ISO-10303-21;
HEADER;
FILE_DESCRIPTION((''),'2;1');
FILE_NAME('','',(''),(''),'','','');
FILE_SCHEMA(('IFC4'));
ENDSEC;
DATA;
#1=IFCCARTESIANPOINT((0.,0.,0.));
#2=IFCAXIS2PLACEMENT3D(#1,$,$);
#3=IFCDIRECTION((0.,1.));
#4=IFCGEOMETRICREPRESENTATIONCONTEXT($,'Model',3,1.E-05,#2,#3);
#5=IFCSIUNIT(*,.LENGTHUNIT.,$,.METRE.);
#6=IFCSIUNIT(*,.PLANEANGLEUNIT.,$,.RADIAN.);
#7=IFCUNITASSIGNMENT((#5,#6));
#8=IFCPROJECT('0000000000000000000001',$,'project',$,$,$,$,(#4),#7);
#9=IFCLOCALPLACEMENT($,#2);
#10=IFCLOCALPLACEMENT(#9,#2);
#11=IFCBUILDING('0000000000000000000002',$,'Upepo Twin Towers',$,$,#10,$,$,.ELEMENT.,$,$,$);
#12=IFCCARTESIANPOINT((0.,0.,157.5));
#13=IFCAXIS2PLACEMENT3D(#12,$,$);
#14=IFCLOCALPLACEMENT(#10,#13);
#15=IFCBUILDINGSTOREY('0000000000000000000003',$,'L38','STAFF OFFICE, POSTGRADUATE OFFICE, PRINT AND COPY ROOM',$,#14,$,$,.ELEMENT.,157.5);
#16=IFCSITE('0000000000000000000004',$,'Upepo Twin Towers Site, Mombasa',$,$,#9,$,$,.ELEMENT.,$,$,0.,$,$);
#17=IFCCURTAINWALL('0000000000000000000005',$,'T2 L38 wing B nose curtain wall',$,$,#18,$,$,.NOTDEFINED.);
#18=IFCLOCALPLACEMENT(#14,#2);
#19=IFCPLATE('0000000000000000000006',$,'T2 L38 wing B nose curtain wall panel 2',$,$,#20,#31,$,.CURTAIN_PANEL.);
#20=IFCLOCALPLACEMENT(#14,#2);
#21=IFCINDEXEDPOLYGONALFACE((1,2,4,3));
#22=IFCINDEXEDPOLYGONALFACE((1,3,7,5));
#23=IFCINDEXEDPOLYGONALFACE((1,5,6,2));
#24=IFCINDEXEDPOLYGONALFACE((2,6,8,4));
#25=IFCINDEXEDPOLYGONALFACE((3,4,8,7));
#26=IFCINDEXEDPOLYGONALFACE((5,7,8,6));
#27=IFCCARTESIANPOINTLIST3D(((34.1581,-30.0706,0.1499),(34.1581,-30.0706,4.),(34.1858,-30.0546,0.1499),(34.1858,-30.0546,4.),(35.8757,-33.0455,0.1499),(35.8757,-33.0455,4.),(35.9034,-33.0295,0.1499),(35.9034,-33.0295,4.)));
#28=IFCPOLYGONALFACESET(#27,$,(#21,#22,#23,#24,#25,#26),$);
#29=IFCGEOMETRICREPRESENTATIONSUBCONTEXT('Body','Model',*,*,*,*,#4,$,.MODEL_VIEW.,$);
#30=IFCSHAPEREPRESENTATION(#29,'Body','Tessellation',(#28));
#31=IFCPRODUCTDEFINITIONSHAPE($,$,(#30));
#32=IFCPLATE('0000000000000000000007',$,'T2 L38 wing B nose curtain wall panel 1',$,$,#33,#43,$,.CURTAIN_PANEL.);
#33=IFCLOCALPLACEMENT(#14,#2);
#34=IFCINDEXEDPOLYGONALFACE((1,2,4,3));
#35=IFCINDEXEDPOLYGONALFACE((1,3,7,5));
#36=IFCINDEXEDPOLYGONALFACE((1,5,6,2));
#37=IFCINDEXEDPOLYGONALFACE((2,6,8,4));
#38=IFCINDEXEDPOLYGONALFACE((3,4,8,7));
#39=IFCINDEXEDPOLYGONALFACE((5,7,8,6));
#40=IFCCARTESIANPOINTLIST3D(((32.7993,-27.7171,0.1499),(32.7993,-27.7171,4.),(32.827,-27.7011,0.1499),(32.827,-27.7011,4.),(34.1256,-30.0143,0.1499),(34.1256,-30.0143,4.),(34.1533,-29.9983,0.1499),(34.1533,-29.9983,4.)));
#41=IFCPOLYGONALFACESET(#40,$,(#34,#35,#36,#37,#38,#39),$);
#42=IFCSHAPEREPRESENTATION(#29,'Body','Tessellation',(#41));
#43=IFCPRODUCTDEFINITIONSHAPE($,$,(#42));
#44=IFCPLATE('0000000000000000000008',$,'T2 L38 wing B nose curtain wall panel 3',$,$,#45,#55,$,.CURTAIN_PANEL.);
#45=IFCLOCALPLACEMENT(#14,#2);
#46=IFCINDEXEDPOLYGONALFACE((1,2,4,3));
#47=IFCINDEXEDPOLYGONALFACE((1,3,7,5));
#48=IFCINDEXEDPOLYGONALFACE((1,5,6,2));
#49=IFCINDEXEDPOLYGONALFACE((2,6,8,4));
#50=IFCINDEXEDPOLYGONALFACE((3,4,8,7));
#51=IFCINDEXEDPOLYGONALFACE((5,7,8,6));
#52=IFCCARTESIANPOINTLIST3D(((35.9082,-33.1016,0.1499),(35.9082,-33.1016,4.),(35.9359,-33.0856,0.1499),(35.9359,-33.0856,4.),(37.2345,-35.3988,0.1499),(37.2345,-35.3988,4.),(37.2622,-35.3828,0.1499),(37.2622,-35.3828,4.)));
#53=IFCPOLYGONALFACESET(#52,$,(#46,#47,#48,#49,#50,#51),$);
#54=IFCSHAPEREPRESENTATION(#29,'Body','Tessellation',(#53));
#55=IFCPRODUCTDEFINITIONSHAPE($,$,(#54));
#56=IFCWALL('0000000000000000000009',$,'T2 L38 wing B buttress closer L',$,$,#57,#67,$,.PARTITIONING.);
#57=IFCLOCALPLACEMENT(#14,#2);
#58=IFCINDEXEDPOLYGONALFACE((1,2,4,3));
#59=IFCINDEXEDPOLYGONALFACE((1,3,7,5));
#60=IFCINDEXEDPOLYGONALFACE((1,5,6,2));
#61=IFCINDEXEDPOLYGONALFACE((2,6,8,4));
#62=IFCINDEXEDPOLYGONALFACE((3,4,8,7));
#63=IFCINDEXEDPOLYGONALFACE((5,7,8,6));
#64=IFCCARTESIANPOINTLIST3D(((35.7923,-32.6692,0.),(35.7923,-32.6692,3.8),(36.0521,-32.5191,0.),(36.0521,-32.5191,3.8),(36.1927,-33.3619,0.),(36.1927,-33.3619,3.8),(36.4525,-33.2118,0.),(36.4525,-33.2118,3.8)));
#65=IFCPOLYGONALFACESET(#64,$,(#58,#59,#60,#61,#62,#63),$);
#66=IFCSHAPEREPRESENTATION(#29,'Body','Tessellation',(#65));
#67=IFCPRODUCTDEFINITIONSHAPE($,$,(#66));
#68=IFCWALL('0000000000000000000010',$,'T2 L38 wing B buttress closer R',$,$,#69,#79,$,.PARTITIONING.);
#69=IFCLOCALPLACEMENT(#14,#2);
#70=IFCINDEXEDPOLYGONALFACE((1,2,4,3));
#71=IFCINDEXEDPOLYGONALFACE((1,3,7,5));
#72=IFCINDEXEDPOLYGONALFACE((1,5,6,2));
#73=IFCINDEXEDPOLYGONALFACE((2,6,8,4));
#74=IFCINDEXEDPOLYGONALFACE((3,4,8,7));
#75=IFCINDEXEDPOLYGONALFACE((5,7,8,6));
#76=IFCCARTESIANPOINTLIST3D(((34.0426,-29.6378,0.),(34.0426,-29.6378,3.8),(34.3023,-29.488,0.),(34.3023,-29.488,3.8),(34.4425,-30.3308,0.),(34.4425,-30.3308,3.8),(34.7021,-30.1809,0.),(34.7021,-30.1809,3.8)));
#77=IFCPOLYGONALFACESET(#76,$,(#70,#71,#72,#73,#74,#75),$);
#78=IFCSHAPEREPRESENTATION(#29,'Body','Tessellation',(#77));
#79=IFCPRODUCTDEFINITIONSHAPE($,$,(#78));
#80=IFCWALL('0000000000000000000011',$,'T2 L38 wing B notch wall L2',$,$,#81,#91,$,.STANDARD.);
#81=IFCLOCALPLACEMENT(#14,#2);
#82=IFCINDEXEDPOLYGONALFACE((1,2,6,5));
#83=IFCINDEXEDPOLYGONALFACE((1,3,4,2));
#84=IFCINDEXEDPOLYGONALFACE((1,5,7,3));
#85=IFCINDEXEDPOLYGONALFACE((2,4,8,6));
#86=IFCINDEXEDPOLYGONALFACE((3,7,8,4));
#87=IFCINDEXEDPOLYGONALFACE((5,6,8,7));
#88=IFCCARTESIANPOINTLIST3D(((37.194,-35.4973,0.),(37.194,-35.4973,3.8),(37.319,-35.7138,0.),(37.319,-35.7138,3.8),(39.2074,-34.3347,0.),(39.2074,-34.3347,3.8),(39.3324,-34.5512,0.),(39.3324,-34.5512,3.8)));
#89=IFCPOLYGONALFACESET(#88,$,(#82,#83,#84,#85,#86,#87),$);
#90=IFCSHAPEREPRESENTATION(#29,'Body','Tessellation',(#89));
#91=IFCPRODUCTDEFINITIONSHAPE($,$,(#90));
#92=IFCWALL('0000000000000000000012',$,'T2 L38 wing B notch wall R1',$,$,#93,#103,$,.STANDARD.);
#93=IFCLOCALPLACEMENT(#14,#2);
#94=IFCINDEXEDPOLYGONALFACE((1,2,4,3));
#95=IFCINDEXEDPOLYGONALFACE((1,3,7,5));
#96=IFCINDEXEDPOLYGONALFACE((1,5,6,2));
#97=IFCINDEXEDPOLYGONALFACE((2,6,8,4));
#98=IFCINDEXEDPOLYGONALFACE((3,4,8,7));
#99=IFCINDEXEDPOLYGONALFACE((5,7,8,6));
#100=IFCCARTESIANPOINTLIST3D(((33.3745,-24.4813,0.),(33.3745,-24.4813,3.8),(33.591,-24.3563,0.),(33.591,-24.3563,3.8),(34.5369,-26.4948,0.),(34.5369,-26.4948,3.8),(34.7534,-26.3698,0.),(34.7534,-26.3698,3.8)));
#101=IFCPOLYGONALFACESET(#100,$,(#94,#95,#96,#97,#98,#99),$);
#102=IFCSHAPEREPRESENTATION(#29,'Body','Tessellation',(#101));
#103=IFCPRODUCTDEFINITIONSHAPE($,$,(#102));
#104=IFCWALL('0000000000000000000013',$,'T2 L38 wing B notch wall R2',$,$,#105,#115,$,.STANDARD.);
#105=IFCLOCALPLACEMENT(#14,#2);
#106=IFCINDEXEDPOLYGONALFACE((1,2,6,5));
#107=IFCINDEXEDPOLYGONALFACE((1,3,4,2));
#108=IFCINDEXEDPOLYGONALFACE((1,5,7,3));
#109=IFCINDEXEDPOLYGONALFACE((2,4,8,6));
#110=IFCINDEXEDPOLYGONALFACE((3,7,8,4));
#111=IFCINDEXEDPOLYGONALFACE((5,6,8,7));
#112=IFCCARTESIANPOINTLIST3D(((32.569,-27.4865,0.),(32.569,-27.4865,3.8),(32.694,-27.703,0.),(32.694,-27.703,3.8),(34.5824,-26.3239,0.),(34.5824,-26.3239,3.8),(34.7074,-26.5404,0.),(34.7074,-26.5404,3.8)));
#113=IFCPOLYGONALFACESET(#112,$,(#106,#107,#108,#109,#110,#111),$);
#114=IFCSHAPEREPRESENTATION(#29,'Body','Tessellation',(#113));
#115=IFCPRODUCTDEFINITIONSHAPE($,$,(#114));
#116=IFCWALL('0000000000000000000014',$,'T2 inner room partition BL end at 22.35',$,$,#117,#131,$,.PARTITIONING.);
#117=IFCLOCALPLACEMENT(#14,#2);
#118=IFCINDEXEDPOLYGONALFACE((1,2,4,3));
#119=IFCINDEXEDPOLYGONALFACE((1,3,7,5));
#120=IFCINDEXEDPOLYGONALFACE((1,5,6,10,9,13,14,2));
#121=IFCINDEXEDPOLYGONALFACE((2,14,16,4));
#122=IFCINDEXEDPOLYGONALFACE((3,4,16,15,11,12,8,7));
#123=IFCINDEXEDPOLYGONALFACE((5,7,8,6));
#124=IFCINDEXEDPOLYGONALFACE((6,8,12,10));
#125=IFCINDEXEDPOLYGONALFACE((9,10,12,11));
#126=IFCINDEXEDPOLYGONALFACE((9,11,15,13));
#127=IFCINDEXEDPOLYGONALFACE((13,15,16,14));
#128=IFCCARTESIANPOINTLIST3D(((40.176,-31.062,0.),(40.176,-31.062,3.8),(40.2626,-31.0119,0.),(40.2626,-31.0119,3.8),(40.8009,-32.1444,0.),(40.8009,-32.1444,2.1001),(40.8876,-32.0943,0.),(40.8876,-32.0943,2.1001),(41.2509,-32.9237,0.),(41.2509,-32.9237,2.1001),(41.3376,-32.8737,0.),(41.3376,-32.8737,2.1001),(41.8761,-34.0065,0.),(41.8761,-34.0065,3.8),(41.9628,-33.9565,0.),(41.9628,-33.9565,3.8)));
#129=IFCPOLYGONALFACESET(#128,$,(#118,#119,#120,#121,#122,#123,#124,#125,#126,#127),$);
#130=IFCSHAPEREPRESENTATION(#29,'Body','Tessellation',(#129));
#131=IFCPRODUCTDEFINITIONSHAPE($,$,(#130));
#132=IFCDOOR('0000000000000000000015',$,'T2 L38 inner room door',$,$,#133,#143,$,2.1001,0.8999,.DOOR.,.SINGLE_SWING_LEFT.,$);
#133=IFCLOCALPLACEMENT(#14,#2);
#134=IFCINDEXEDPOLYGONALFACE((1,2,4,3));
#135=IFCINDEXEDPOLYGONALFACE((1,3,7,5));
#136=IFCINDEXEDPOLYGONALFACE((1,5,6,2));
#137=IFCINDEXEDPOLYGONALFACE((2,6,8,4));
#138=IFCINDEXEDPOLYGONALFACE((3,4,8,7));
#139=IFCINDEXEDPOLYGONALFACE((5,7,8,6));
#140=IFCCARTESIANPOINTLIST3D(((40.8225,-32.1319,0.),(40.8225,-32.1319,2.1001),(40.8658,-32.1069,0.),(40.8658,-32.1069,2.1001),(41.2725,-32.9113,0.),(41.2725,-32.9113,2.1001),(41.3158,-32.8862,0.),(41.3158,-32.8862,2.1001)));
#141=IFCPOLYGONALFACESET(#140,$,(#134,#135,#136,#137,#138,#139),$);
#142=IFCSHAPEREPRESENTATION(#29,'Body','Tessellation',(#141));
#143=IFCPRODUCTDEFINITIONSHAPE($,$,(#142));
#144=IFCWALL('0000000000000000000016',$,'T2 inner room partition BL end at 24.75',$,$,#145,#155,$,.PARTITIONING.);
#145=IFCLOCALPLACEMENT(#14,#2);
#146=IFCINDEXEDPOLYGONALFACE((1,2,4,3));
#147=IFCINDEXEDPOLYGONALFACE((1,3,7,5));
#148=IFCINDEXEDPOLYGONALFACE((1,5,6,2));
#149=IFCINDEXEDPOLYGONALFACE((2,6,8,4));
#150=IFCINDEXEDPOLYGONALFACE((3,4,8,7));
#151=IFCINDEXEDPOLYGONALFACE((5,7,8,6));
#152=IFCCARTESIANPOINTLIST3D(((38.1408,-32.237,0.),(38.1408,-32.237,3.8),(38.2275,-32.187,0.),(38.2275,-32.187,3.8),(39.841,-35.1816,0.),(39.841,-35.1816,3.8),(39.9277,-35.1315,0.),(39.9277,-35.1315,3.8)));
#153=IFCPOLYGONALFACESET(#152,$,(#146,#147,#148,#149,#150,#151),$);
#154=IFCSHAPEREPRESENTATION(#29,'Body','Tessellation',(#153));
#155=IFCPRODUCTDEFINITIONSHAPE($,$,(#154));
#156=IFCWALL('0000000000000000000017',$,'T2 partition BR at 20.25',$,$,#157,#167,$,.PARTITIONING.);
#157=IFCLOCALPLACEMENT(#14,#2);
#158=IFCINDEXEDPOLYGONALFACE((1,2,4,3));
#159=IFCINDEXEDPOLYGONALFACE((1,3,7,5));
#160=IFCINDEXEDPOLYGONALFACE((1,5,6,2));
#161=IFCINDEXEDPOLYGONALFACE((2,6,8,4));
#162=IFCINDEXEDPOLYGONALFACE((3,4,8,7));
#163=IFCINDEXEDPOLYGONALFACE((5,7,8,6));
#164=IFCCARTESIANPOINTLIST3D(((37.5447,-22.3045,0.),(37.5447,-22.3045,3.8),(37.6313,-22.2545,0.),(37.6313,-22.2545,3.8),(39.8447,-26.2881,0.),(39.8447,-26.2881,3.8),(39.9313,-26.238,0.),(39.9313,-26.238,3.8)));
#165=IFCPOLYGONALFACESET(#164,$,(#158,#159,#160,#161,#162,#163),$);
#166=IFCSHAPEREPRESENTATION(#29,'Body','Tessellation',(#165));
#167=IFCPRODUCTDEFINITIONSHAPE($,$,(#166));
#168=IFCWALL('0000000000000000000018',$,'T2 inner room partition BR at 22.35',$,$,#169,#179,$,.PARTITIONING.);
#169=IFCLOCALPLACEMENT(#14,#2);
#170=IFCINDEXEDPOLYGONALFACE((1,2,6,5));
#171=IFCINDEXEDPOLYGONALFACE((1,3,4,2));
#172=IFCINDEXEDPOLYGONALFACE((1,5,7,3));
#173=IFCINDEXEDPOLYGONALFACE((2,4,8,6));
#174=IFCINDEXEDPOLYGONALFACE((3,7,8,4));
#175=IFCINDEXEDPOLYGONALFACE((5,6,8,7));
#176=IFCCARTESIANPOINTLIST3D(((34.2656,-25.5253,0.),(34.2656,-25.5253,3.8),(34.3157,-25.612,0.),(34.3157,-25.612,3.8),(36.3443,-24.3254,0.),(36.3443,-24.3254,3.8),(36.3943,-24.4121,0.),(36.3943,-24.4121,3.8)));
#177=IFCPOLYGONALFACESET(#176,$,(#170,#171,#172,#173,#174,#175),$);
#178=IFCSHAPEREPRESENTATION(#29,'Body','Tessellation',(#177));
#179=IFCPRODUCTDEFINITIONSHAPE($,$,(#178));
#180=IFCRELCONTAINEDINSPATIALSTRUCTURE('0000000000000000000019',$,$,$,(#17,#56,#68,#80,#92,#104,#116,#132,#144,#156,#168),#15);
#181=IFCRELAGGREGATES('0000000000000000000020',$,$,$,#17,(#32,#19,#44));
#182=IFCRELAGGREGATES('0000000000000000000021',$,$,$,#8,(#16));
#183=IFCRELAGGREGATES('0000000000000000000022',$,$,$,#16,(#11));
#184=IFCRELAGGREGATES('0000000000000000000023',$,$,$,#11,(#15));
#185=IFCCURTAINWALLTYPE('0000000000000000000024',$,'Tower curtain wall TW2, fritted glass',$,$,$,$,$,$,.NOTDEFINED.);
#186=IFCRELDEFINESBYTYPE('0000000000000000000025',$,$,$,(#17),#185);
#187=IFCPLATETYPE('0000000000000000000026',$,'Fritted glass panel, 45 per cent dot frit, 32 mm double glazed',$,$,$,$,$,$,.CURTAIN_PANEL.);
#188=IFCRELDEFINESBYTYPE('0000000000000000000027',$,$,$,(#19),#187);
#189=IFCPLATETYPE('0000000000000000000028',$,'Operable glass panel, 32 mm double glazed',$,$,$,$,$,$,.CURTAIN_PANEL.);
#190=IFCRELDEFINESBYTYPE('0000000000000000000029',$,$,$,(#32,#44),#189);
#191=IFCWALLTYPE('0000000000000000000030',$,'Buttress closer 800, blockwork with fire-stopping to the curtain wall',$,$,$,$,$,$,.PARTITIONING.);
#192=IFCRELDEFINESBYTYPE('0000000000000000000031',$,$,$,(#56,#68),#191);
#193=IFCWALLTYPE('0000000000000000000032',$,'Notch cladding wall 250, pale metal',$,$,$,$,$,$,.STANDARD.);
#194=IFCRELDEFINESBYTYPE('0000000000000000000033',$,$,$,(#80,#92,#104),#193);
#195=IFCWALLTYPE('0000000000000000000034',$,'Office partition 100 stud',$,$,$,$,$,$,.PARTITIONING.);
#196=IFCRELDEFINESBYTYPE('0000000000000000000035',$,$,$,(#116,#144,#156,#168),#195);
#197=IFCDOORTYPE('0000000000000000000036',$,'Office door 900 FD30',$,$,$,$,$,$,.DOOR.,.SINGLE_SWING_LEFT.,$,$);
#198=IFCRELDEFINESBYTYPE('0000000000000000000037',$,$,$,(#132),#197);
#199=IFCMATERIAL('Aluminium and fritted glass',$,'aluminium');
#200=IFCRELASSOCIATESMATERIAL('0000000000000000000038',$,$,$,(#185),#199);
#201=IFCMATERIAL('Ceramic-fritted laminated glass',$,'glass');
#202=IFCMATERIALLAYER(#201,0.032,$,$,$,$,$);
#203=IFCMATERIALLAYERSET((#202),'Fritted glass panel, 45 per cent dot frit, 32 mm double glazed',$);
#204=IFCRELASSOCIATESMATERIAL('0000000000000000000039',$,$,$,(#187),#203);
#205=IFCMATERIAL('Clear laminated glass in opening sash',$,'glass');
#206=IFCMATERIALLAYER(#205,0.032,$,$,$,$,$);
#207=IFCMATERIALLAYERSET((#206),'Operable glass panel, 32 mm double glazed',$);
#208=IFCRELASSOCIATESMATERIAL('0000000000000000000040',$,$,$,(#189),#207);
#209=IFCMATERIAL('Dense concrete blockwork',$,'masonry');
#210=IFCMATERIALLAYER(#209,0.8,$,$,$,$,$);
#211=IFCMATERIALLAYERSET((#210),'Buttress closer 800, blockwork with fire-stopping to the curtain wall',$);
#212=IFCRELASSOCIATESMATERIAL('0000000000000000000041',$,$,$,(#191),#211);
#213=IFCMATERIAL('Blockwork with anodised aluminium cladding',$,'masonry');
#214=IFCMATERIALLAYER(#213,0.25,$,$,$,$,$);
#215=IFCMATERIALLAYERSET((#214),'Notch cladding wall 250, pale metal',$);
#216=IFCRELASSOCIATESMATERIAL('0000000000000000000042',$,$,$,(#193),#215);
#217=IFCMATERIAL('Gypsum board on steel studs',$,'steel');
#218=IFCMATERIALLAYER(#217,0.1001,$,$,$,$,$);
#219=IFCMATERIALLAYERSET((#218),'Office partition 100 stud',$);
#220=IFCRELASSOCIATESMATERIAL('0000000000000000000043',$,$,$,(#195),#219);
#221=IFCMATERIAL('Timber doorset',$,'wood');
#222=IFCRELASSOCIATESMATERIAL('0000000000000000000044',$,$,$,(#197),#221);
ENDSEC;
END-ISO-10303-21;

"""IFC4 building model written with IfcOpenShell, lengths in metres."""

from ifc_helpers import new_model, si_unit, direction, frame, frame_2d, origin, origin_2d, place, context, subcontext, project, spatial, rectangle, extrude, material, layer, layer_set, type_object, element, fill, aggregate, save


model = new_model("IFC4")

# Units and contexts
model_context = context("Model", 3, precision=1e-05, world=origin(), true_north=direction((0.0, 1.0)))
body_context = subcontext(model_context, "Body", "Model", "MODEL_VIEW")
ifc_project = project(units=[si_unit("LENGTHUNIT", "METRE"), si_unit("PLANEANGLEUNIT", "RADIAN")], contexts=[model_context])

# Site, building, storey
site_placement = place(None, origin())
site = spatial("IfcSite", under=ifc_project, at=site_placement, Name="Upepo Twin Towers Site, Mombasa", CompositionType="ELEMENT", RefElevation=0.0)
building_placement = place(site_placement, origin())
building = spatial("IfcBuilding", under=site, at=building_placement, Name="Upepo Twin Towers", CompositionType="ELEMENT")
storey_placement = place(building_placement, frame((0.0, 0.0, 157.5)))
storey = spatial("IfcBuildingStorey", under=building, at=storey_placement, Name="L38", Description="STAFF OFFICE, POSTGRADUATE OFFICE, PRINT AND COPY ROOM", CompositionType="ELEMENT", Elevation=157.5)

# Shared definitions
ifc_material_1 = material(Name="Aluminium and fritted glass", Category="aluminium")
curtain_wall_type = type_object("IfcCurtainWallType", Name="Tower curtain wall TW2, fritted glass", PredefinedType="NOTDEFINED", material=ifc_material_1)

# Curtain wall
curtain_wall_1_placement = place(storey_placement, origin())
curtain_wall_1 = element("IfcCurtainWall", 1, at=curtain_wall_1_placement, inside=storey, type_object=curtain_wall_type, Name="T2 L38 wing B nose curtain wall", PredefinedType="NOTDEFINED")

# Plates
ifc_material_2 = material(Name="Ceramic-fritted laminated glass", Category="glass")
ifc_layer_1 = layer(ifc_material_2, 0.032)
ifc_layer_set_1 = layer_set([ifc_layer_1], Name="Fritted glass panel, 45 per cent dot frit, 32 mm double glazed")
plate_type_1 = type_object("IfcPlateType", Name="Fritted glass panel, 45 per cent dot frit, 32 mm double glazed", PredefinedType="CURTAIN_PANEL", material=ifc_layer_set_1)
plate_1_placement = place(storey_placement, frame((35.0308, -31.55, 0.1499), z_axis=(0.0, 0.0, 1.0), x_axis=(0.5, -0.866025, 0.0)))
plate_1 = element("IfcPlate", 2, at=plate_1_placement, type_object=plate_type_1, Name="T2 L38 wing B nose curtain wall panel 2", PredefinedType="CURTAIN_PANEL", context=body_context, shape_type="SweptSolid", body=[
    extrude(rectangle(XDim=3.4351, YDim=0.032, at=origin_2d()), origin(), (0.0, 0.0, 1.0), 3.8501),
])
ifc_material_3 = material(Name="Clear laminated glass in opening sash", Category="glass")
ifc_layer_2 = layer(ifc_material_3, 0.032)
ifc_layer_set_2 = layer_set([ifc_layer_2], Name="Operable glass panel, 32 mm double glazed")
plate_type_2 = type_object("IfcPlateType", Name="Operable glass panel, 32 mm double glazed", PredefinedType="CURTAIN_PANEL", material=ifc_layer_set_2)
plate_2_placement = place(storey_placement, frame((33.4763, -28.8577, 0.1499), z_axis=(0.0, 0.0, 1.0), x_axis=(0.5, -0.866025, 0.0)))
plate_2 = element("IfcPlate", 3, at=plate_2_placement, type_object=plate_type_2, Name="T2 L38 wing B nose curtain wall panel 1", PredefinedType="CURTAIN_PANEL", context=body_context, shape_type="SweptSolid", body=[
    extrude(rectangle(XDim=2.6526, YDim=0.032, at=origin_2d()), origin(), (0.0, 0.0, 1.0), 3.8501),
])
plate_3_placement = place(storey_placement, frame((36.5852, -34.2422, 0.1499), z_axis=(0.0, 0.0, 1.0), x_axis=(0.5, -0.866025, 0.0)))
plate_3 = element("IfcPlate", 4, at=plate_3_placement, type_object=plate_type_2, Name="T2 L38 wing B nose curtain wall panel 3", PredefinedType="CURTAIN_PANEL", context=body_context, shape_type="SweptSolid", body=[
    extrude(rectangle(XDim=2.6526, YDim=0.032, at=origin_2d()), origin(), (0.0, 0.0, 1.0), 3.8501),
])
aggregate(curtain_wall_1, [plate_2, plate_1, plate_3])

# Walls
ifc_material_4 = material(Name="Dense concrete blockwork", Category="masonry")
ifc_layer_3 = layer(ifc_material_4, 0.8)
ifc_layer_set_3 = layer_set([ifc_layer_3], Name="Buttress closer 800, blockwork with fire-stopping to the curtain wall")
wall_type_1 = type_object("IfcWallType", Name="Buttress closer 800, blockwork with fire-stopping to the curtain wall", PredefinedType="PARTITIONING", material=ifc_layer_set_3)
wall_1_placement = place(storey_placement, frame((36.2522, -32.8655, 0.0), z_axis=(0.0, 0.0, 1.0), x_axis=(-0.865779, -0.500427, 0.0)))
element("IfcWall", 5, at=wall_1_placement, inside=storey, type_object=wall_type_1, Name="T2 L38 wing B buttress closer L", PredefinedType="PARTITIONING", context=body_context, shape_type="SweptSolid", body=[
    extrude(rectangle(XDim=0.3, YDim=0.8, at=frame_2d((0.1499, 0.0))), origin(), (0.0, 0.0, 1.0), 3.8),
])
wall_2_placement = place(storey_placement, frame((34.5022, -29.8345, 0.0), z_axis=(0.0, 0.0, 1.0), x_axis=(-0.866131, -0.499816, 0.0)))
element("IfcWall", 6, at=wall_2_placement, inside=storey, type_object=wall_type_1, Name="T2 L38 wing B buttress closer R", PredefinedType="PARTITIONING", context=body_context, shape_type="SweptSolid", body=[
    extrude(rectangle(XDim=0.2998, YDim=0.8, at=frame_2d((0.1499, 0.0))), origin(), (0.0, 0.0, 1.0), 3.8),
])
ifc_material_5 = material(Name="Blockwork with anodised aluminium cladding", Category="masonry")
ifc_layer_4 = layer(ifc_material_5, 0.25)
ifc_layer_set_4 = layer_set([ifc_layer_4], Name="Notch cladding wall 250, pale metal")
wall_type_2 = type_object("IfcWallType", Name="Notch cladding wall 250, pale metal", PredefinedType="STANDARD", material=ifc_layer_set_4)
for number, where, z_axis, x_axis, name in (
    (7, (39.27, -34.4429, 0.0), (0.0, 0.0, 1.0), (-0.865998, -0.500047, 0.0), "T2 L38 wing B notch wall L2"),
    (8, (33.4827, -24.4187, 0.0), (0.0, 0.0, 1.0), (0.499968, -0.866044, 0.0), "T2 L38 wing B notch wall R1"),
    (9, (34.645, -26.4321, 0.0), (0.0, 0.0, 1.0), (-0.865998, -0.500047, 0.0), "T2 L38 wing B notch wall R2"),
):
    element("IfcWall", number, at=place(storey_placement, frame(where, z_axis=z_axis, x_axis=x_axis)), inside=storey, type_object=wall_type_2, Name=name, PredefinedType="STANDARD", context=body_context, shape_type="SweptSolid", body=[
        extrude(rectangle(XDim=2.325, YDim=0.25, at=frame_2d((1.1626, 0.0))), origin(), (0.0, 0.0, 1.0), 3.8),
    ])

# Wall, opening, door
ifc_material_6 = material(Name="Gypsum board on steel studs", Category="steel")
ifc_layer_5 = layer(ifc_material_6, 0.1001)
ifc_layer_set_5 = layer_set([ifc_layer_5], Name="Office partition 100 stud")
wall_type_3 = type_object("IfcWallType", Name="Office partition 100 stud", PredefinedType="PARTITIONING", material=ifc_layer_set_5)
wall_3_placement = place(storey_placement, frame((40.2192, -31.0369, 0.0), z_axis=(0.0, 0.0, 1.0), x_axis=(0.500031, -0.866007, 0.0)))
wall_3 = element("IfcWall", 10, at=wall_3_placement, inside=storey, type_object=wall_type_3, Name="T2 inner room partition BL end at 22.35", PredefinedType="PARTITIONING", context=body_context, shape_type="SweptSolid", body=[
    extrude(rectangle(XDim=3.4001, YDim=0.1001, at=frame_2d((1.7002, 0.0))), origin(), (0.0, 0.0, 1.0), 3.8),
])
opening_1_placement = place(wall_3_placement, frame((1.25, 0.0, 0.0)))
opening_1 = element("IfcOpeningElement", 11, at=opening_1_placement, cuts=wall_3, PredefinedType="OPENING", context=body_context, shape_type="SweptSolid", body=[
    extrude(rectangle(XDim=0.8999, YDim=2.1001, at=frame_2d((0.45, 1.05))), frame((0.0, 0.0601, 0.0), z_axis=(0.0, -1.0, 0.0), x_axis=(1.0, 0.0, 0.0)), (0.0, 0.0, 1.0), 0.1201),
])
ifc_material_7 = material(Name="Timber doorset", Category="wood")
door_type_1 = type_object("IfcDoorType", Name="Office door 900 FD30", OperationType="SINGLE_SWING_LEFT", PredefinedType="DOOR", material=ifc_material_7)
door_1_placement = place(opening_1_placement, origin())
door_1 = element("IfcDoor", 12, at=door_1_placement, inside=storey, type_object=door_type_1, Name="T2 L38 inner room door", OperationType="SINGLE_SWING_LEFT", OverallHeight=2.1001, OverallWidth=0.8999, PredefinedType="DOOR", context=body_context, shape_type="SweptSolid", body=[
    extrude(rectangle(XDim=0.8999, YDim=2.1001, at=frame_2d((0.45, 1.05))), frame((0.0, 0.0249, 0.0), z_axis=(0.0, -1.0, 0.0), x_axis=(1.0, 0.0, 0.0)), (0.0, 0.0, 1.0), 0.05),
])
fill(opening_1, door_1)

# Walls
wall_4_placement = place(storey_placement, frame((38.1841, -32.2119, 0.0), z_axis=(0.0, 0.0, 1.0), x_axis=(0.500031, -0.866007, 0.0)))
element("IfcWall", 13, at=wall_4_placement, inside=storey, type_object=wall_type_3, Name="T2 inner room partition BL end at 24.75", PredefinedType="PARTITIONING", context=body_context, shape_type="SweptSolid", body=[
    extrude(rectangle(XDim=3.4001, YDim=0.1001, at=frame_2d((1.7002, 0.0))), origin(), (0.0, 0.0, 1.0), 3.8),
])
wall_5_placement = place(storey_placement, frame((39.8879, -26.2629, 0.0), z_axis=(0.0, 0.0, 1.0), x_axis=(-0.500015, 0.866017, 0.0)))
element("IfcWall", 14, at=wall_5_placement, inside=storey, type_object=wall_type_3, Name="T2 partition BR at 20.25", PredefinedType="PARTITIONING", context=body_context, shape_type="SweptSolid", body=[
    extrude(rectangle(XDim=4.5999, YDim=0.1001, at=frame_2d((2.2998, 0.0))), origin(), (0.0, 0.0, 1.0), 3.8),
])
wall_6_placement = place(storey_placement, frame((36.3694, -24.3687, 0.0), z_axis=(0.0, 0.0, 1.0), x_axis=(-0.86605, -0.499957, 0.0)))
element("IfcWall", 15, at=wall_6_placement, inside=storey, type_object=wall_type_3, Name="T2 inner room partition BR at 22.35", PredefinedType="PARTITIONING", context=body_context, shape_type="SweptSolid", body=[
    extrude(rectangle(XDim=2.4001, YDim=0.1001, at=frame_2d((1.2002, 0.0))), origin(), (0.0, 0.0, 1.0), 3.8),
])

save(model, "model.ifc")
